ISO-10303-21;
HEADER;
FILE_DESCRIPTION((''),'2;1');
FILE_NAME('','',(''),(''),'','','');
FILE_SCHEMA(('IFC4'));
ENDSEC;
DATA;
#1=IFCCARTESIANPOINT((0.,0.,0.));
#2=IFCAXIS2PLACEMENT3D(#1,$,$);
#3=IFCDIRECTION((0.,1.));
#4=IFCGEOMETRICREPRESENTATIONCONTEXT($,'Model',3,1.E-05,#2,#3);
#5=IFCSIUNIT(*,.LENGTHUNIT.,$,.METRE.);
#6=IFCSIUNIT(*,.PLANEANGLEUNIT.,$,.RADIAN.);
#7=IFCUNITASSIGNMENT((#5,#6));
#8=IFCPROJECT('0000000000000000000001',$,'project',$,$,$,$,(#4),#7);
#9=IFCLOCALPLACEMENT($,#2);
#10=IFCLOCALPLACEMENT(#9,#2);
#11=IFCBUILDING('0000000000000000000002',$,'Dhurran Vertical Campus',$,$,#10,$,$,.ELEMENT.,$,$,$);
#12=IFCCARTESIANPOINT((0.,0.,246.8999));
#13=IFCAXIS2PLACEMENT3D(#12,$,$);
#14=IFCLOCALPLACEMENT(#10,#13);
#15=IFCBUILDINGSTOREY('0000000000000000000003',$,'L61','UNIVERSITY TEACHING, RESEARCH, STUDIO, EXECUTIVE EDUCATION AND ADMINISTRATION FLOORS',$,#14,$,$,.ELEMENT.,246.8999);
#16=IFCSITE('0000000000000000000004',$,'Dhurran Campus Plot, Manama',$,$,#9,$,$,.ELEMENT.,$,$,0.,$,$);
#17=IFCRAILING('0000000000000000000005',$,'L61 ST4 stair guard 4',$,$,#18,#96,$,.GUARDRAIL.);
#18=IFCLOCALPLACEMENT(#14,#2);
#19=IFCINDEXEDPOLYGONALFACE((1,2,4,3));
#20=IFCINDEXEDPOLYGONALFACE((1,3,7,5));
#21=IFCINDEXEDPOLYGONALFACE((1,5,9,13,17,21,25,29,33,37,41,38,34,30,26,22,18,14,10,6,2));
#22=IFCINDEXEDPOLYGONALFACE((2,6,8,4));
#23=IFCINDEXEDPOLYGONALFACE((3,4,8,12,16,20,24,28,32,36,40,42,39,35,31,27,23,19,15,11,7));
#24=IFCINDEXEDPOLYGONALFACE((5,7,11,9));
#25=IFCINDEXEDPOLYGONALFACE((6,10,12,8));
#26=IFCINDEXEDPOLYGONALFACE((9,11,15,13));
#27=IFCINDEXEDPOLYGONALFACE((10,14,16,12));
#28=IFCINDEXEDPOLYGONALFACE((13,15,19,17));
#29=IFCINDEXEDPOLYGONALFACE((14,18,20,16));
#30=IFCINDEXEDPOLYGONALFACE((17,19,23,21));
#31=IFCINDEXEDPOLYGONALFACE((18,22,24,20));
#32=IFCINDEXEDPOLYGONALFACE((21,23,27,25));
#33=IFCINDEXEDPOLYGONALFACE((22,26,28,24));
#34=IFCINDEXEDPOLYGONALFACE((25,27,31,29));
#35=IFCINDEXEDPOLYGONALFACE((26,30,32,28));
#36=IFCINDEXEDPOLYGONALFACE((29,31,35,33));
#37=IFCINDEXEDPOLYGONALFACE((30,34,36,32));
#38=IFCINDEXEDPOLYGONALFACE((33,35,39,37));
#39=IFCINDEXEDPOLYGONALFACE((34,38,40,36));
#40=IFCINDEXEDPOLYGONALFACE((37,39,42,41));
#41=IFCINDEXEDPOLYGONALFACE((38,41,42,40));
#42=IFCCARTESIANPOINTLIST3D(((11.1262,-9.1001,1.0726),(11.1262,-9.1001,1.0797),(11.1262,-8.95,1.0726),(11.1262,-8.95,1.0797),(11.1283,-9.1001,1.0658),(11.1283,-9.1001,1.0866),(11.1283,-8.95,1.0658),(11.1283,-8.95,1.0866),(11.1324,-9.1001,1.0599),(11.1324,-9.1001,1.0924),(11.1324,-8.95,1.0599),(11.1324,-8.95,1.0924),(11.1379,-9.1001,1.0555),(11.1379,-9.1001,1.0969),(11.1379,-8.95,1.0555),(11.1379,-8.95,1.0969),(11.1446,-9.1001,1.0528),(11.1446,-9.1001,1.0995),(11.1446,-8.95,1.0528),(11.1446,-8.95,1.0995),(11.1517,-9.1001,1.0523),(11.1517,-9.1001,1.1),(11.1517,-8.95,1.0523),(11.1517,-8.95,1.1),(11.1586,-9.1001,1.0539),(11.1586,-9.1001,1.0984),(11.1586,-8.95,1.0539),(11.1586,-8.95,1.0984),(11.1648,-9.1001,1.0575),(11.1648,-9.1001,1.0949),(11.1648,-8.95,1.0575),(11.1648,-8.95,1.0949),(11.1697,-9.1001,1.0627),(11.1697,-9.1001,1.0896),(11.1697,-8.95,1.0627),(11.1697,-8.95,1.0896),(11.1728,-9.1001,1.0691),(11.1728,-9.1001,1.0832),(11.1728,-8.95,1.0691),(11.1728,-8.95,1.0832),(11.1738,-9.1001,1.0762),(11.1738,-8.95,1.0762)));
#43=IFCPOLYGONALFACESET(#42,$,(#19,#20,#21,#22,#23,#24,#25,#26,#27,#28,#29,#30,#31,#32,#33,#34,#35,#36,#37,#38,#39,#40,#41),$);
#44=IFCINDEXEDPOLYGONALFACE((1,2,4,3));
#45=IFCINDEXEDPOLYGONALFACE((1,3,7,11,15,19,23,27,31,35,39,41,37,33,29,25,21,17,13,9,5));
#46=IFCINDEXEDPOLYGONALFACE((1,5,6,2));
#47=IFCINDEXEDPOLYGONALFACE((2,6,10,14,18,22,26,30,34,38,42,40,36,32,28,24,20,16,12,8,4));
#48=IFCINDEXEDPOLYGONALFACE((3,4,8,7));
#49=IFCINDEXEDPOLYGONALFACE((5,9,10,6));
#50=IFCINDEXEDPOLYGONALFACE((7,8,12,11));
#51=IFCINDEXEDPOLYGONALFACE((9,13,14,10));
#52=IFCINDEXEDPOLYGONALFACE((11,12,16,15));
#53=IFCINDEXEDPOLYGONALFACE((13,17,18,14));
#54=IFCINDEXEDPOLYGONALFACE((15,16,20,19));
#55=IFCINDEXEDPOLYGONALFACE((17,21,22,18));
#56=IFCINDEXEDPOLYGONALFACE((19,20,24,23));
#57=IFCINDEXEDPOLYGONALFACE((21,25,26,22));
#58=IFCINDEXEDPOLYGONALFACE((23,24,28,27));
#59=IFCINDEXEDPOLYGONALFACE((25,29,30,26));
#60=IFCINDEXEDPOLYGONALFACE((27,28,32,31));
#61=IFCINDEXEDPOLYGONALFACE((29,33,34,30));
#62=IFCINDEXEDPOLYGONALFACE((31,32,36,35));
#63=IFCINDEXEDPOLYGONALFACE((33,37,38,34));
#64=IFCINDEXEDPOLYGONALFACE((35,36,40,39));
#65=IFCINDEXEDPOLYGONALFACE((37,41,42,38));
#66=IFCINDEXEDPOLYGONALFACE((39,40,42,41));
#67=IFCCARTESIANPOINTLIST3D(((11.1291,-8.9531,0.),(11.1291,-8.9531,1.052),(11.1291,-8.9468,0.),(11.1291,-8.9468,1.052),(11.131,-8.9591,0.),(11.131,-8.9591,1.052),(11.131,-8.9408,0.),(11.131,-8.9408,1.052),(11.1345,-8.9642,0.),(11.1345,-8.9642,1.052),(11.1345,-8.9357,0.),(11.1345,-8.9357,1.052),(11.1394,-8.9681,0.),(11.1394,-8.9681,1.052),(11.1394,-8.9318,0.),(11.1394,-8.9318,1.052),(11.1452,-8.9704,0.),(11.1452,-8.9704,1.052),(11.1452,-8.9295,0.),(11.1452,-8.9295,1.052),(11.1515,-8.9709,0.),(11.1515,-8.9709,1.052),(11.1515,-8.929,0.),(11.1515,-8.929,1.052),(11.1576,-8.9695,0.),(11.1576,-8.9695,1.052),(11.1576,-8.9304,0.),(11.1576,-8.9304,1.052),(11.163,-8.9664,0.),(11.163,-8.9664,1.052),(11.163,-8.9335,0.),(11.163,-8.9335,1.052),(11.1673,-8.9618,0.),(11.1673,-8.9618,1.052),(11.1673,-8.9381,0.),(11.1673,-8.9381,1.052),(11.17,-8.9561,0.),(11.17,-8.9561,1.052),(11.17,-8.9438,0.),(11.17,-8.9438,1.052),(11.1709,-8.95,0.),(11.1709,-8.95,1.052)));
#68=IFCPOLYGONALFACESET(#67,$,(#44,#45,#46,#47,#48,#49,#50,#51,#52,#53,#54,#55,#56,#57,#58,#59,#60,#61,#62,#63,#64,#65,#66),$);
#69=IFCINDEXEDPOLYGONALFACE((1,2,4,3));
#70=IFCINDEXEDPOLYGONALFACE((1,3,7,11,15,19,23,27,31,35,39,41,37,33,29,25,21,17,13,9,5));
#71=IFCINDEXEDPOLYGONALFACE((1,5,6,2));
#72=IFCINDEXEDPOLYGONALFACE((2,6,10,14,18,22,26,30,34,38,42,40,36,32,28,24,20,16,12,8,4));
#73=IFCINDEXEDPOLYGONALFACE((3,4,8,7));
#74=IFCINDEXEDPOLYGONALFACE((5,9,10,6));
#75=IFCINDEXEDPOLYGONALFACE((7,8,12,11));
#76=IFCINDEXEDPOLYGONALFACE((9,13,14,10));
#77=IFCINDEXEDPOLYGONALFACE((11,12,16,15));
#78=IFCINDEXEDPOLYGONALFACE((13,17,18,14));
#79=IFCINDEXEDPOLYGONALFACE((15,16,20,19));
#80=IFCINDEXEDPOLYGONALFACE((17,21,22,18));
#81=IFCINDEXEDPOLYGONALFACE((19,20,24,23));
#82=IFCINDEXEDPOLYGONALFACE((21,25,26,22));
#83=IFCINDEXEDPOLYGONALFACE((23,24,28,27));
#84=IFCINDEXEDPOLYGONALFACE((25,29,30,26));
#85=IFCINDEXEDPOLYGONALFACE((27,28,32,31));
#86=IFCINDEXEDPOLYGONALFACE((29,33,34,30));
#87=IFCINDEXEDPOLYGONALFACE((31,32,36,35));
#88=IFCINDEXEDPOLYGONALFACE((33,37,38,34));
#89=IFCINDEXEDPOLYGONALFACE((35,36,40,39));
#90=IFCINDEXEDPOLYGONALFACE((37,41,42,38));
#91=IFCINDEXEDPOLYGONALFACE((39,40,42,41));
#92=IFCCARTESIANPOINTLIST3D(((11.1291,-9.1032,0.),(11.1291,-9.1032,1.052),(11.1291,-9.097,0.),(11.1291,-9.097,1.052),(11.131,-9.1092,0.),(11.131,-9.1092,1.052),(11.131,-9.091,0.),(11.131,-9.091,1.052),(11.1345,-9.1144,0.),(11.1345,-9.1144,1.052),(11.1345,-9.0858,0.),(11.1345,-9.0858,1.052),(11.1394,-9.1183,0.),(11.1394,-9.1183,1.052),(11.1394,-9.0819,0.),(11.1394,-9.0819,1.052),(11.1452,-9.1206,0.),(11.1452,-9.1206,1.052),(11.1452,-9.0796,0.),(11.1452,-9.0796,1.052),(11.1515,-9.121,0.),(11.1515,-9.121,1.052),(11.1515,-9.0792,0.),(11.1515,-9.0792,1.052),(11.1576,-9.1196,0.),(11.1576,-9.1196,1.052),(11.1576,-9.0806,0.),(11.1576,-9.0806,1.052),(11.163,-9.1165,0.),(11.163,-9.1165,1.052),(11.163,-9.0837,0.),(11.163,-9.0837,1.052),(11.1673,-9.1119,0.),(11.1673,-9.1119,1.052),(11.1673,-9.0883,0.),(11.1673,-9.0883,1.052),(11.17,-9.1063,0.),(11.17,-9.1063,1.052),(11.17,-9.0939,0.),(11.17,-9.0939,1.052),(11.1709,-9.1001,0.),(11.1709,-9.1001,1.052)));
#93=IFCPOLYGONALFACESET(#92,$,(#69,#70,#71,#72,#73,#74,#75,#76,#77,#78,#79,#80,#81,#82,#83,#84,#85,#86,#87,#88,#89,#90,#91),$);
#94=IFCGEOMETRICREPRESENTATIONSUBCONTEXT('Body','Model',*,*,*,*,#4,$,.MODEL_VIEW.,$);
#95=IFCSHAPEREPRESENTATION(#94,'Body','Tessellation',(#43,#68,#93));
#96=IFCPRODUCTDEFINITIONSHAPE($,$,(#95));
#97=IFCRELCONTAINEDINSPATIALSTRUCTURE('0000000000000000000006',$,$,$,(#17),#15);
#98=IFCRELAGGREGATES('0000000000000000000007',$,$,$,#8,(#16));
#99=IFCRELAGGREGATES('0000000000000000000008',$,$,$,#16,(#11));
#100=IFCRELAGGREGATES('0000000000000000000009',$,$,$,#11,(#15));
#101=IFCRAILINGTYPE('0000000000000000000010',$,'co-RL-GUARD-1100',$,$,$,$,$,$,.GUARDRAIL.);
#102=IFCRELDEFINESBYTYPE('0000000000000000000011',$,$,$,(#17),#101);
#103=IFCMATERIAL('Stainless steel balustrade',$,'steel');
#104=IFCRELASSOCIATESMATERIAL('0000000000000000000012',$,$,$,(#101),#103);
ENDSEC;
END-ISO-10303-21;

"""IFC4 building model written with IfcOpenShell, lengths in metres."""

from ifc_helpers import new_model, si_unit, direction, frame, origin, origin_2d, place, context, subcontext, project, spatial, circle, extrude, material, type_object, element, save


model = new_model("IFC4")

# Units and contexts
model_context = context("Model", 3, precision=1e-05, world=origin(), true_north=direction((0.0, 1.0)))
body_context = subcontext(model_context, "Body", "Model", "MODEL_VIEW")
ifc_project = project(units=[si_unit("LENGTHUNIT", "METRE"), si_unit("PLANEANGLEUNIT", "RADIAN")], contexts=[model_context])

# Site, building, storey
site_placement = place(None, origin())
site = spatial("IfcSite", under=ifc_project, at=site_placement, Name="Dhurran Campus Plot, Manama", CompositionType="ELEMENT", RefElevation=0.0)
building_placement = place(site_placement, origin())
building = spatial("IfcBuilding", under=site, at=building_placement, Name="Dhurran Vertical Campus", CompositionType="ELEMENT")
storey_placement = place(building_placement, frame((0.0, 0.0, 246.8999)))
storey = spatial("IfcBuildingStorey", under=building, at=storey_placement, Name="L61", Description="UNIVERSITY TEACHING, RESEARCH, STUDIO, EXECUTIVE EDUCATION AND ADMINISTRATION FLOORS", CompositionType="ELEMENT", Elevation=246.8999)

# Railing
ifc_material_1 = material(Name="Stainless steel balustrade", Category="steel")
railing_type_1 = type_object("IfcRailingType", Name="co-RL-GUARD-1100", PredefinedType="GUARDRAIL", material=ifc_material_1)
railing_1_placement = place(storey_placement, frame((11.1499, -8.95, 0.0)))
element("IfcRailing", 1, at=railing_1_placement, inside=storey, type_object=railing_type_1, Name="L61 ST4 stair guard 4", PredefinedType="GUARDRAIL", context=body_context, shape_type="SweptSolid", body=[
    extrude(circle(Radius=0.0239, at=origin_2d()), frame((0.0, 0.0, 1.0762), z_axis=(0.0, -1.0, 0.0), x_axis=(1.0, 0.0, 0.0)), (0.0, 0.0, 1.0), 0.1501),
    extrude(circle(Radius=0.021, at=origin_2d()), origin(), (0.0, 0.0, 1.0), 1.052),
    extrude(circle(Radius=0.021, at=origin_2d()), frame((0.0, -0.1501, 0.0)), (0.0, 0.0, 1.0), 1.052),
])

save(model, "model.ifc")
